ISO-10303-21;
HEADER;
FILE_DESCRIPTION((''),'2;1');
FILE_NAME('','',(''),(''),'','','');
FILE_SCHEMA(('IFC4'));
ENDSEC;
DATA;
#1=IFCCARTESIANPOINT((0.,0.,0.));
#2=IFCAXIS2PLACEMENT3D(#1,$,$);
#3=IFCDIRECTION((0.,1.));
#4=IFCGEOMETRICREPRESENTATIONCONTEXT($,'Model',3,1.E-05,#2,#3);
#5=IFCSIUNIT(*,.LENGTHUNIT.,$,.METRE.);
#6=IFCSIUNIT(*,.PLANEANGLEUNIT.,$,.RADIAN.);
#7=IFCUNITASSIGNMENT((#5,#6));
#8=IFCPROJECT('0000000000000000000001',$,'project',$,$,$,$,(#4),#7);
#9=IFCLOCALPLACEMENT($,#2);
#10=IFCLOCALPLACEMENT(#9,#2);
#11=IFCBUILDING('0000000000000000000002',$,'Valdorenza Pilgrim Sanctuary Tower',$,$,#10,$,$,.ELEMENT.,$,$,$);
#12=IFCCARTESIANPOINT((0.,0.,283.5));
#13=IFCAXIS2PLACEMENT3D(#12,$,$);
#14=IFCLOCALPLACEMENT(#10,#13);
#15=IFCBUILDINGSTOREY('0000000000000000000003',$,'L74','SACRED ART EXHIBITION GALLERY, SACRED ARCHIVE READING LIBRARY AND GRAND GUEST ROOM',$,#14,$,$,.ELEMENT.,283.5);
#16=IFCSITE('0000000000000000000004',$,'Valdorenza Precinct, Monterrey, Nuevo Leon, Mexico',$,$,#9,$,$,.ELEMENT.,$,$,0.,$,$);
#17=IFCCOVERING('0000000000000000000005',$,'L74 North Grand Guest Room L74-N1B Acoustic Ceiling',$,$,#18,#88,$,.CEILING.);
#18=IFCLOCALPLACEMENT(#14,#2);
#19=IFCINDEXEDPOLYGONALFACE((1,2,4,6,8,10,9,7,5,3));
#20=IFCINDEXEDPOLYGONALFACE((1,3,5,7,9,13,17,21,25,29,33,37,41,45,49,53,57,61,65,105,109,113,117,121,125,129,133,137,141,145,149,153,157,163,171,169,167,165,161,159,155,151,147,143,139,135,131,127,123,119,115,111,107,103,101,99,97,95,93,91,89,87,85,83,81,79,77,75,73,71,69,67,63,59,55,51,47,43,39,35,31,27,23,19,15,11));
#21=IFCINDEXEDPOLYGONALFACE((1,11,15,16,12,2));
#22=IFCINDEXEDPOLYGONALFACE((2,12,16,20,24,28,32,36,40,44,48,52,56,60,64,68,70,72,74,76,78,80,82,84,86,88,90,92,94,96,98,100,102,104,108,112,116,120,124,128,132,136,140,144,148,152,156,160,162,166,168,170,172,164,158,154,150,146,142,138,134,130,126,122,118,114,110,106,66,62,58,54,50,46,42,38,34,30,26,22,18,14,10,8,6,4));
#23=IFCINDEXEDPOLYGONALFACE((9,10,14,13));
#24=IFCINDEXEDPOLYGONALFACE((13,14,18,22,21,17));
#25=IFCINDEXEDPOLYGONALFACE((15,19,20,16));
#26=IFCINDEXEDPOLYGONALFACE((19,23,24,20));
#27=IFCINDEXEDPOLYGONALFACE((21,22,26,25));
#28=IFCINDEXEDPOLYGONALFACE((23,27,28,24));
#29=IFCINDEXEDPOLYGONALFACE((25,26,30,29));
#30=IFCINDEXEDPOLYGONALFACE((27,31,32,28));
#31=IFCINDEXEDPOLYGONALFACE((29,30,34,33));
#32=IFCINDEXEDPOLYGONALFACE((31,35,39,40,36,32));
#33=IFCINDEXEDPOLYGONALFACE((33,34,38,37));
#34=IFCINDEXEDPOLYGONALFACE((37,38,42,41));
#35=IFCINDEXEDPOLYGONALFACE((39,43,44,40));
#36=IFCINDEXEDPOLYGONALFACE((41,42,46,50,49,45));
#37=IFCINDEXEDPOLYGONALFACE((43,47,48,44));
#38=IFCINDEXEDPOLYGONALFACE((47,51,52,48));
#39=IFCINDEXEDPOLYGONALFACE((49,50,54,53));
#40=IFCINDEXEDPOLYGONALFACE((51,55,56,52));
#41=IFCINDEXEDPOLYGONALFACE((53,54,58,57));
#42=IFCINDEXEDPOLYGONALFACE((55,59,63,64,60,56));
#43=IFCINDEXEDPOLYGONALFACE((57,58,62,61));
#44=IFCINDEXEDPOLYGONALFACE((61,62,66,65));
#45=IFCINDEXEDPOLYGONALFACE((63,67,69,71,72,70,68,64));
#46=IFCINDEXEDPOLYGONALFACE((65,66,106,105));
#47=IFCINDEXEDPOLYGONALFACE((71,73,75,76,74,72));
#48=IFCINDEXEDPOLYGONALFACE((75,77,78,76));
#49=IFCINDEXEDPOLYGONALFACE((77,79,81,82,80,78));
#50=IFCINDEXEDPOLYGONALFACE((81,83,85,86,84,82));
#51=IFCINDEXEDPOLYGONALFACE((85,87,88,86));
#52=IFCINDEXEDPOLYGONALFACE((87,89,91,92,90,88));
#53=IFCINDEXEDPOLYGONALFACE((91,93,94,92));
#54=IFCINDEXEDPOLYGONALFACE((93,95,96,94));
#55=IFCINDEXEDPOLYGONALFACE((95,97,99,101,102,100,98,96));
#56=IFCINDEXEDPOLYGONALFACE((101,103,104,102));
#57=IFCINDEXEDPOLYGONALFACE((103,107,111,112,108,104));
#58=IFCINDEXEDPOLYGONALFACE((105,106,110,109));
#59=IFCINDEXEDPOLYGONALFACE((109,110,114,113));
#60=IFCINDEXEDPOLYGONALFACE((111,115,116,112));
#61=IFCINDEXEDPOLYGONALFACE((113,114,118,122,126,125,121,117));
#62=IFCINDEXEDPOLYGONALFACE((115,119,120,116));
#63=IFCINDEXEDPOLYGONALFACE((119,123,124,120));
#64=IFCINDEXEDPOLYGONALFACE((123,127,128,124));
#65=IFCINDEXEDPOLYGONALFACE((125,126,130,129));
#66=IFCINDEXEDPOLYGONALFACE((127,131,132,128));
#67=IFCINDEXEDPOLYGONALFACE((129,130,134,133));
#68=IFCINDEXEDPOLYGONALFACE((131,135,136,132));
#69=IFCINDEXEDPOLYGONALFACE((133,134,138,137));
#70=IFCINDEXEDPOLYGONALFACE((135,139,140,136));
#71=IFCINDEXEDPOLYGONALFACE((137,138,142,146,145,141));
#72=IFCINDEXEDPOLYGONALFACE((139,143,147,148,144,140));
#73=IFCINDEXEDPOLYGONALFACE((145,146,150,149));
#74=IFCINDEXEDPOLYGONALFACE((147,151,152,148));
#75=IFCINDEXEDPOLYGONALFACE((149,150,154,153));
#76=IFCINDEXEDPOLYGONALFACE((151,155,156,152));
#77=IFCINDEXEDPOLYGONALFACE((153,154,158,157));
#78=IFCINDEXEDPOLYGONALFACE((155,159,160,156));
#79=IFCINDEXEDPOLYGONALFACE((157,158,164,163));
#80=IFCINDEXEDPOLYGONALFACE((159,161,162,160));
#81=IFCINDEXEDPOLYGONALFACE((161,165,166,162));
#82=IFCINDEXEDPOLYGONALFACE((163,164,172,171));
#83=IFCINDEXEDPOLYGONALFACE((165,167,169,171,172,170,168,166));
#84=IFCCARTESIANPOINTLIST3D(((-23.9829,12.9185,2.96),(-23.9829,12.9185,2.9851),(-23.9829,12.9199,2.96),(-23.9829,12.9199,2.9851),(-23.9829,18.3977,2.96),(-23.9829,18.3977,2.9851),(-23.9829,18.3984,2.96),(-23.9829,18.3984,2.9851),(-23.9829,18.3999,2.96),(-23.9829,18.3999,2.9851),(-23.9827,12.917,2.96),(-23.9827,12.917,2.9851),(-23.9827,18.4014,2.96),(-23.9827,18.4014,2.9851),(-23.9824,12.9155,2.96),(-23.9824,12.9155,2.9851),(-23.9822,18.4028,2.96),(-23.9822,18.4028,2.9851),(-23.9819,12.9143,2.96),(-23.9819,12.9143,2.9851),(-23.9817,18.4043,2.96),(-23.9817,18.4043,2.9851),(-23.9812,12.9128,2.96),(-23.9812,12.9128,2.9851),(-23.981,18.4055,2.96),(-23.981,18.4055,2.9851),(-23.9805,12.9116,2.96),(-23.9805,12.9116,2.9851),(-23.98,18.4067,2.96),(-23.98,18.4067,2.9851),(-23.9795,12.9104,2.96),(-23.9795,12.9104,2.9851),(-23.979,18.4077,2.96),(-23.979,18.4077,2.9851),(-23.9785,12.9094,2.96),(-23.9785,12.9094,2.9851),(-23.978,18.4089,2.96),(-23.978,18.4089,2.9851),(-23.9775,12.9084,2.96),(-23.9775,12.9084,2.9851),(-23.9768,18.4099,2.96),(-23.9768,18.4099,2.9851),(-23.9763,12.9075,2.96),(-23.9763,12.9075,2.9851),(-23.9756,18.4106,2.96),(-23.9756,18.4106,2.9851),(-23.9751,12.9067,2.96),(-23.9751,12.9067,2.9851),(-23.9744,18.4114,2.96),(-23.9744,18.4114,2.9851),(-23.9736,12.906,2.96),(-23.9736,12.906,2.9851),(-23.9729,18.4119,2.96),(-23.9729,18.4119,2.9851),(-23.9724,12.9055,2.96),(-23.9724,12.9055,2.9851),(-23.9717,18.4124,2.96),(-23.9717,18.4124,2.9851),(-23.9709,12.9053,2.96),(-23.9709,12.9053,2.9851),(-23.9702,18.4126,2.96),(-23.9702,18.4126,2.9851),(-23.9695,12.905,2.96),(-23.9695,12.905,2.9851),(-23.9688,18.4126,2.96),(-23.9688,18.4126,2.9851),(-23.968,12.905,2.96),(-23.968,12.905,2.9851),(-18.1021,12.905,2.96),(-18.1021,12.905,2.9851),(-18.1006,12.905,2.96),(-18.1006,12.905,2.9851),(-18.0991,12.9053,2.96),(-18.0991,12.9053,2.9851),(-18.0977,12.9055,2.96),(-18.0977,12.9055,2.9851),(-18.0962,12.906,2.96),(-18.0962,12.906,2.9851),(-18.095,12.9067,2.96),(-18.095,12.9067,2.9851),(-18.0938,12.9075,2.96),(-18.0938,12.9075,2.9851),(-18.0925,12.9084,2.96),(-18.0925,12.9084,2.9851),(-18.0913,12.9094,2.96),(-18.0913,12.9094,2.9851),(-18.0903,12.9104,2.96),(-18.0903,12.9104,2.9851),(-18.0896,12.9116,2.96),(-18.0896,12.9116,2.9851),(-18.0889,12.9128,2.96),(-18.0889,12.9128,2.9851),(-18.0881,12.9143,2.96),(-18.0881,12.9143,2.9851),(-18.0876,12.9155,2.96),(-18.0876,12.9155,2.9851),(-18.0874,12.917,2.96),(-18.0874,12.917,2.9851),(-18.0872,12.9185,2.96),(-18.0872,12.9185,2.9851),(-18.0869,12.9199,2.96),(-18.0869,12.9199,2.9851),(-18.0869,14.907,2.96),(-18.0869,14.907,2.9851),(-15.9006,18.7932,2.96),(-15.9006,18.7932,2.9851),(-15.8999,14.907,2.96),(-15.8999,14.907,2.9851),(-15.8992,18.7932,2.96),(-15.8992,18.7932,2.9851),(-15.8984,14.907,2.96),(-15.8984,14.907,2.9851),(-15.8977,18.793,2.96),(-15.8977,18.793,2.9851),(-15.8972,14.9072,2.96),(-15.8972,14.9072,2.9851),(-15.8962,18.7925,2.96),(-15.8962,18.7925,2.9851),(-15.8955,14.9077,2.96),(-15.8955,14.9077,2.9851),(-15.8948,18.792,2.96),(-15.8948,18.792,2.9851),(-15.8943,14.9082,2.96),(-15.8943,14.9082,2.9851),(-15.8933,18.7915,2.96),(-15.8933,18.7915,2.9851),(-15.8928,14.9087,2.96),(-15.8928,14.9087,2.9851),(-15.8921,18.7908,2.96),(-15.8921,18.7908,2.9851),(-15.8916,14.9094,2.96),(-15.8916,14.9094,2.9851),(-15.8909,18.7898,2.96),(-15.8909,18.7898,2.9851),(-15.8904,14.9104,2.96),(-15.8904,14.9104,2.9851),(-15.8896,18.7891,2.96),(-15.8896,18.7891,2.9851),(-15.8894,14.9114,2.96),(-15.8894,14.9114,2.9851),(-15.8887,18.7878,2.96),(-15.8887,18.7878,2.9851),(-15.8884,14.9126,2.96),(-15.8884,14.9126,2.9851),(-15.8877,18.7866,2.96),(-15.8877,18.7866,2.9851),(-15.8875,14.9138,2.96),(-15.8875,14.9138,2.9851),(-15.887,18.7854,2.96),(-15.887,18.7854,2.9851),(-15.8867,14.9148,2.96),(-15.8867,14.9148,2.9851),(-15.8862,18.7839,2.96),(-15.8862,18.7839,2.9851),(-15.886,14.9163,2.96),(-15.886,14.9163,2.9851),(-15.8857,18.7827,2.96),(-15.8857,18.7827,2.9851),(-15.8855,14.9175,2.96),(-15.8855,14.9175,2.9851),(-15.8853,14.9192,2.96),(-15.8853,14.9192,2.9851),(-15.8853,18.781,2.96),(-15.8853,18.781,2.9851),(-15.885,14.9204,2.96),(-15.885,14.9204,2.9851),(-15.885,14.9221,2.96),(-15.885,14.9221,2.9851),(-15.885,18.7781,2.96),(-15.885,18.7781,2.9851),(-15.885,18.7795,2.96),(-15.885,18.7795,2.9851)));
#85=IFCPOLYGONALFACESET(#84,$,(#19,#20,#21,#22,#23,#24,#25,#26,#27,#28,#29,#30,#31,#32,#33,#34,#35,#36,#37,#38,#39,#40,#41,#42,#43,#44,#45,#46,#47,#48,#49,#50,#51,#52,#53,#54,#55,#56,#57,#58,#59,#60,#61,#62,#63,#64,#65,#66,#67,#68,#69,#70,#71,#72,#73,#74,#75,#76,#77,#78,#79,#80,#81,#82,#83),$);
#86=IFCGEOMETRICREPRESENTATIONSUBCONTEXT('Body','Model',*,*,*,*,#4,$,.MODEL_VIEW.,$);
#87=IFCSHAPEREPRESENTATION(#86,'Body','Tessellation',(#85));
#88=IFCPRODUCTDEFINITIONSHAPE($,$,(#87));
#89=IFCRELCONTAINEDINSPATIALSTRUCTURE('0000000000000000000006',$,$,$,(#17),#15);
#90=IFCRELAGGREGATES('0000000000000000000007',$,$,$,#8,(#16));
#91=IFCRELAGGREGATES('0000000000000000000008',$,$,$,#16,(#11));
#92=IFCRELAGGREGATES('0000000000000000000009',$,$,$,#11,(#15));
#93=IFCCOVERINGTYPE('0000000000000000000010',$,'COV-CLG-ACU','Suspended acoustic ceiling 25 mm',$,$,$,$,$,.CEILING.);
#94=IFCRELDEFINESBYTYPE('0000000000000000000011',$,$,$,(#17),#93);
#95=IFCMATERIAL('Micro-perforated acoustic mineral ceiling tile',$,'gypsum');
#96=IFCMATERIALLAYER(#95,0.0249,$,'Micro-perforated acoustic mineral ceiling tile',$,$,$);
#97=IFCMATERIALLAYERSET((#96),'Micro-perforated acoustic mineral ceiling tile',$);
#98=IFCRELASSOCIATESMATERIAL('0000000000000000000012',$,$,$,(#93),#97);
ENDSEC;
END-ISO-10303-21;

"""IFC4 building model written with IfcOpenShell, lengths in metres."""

from ifc_helpers import new_model, si_unit, direction, frame, origin, place, context, subcontext, project, spatial, polyline, outline, extrude, material, layer, layer_set, type_object, element, save


model = new_model("IFC4")

# Units and contexts
model_context = context("Model", 3, precision=1e-05, world=origin(), true_north=direction((0.0, 1.0)))
body_context = subcontext(model_context, "Body", "Model", "MODEL_VIEW")
ifc_project = project(units=[si_unit("LENGTHUNIT", "METRE"), si_unit("PLANEANGLEUNIT", "RADIAN")], contexts=[model_context])

# Site, building, storey
site_placement = place(None, origin())
site = spatial("IfcSite", under=ifc_project, at=site_placement, Name="Valdorenza Precinct, Monterrey, Nuevo Leon, Mexico", CompositionType="ELEMENT", RefElevation=0.0)
building_placement = place(site_placement, origin())
building = spatial("IfcBuilding", under=site, at=building_placement, Name="Valdorenza Pilgrim Sanctuary Tower", CompositionType="ELEMENT")
storey_placement = place(building_placement, frame((0.0, 0.0, 283.5)))
storey = spatial("IfcBuildingStorey", under=building, at=storey_placement, Name="L74", Description="SACRED ART EXHIBITION GALLERY, SACRED ARCHIVE READING LIBRARY AND GRAND GUEST ROOM", CompositionType="ELEMENT", Elevation=283.5)

# Covering
ifc_material_1 = material(Name="Micro-perforated acoustic mineral ceiling tile", Category="gypsum")
ifc_layer_1 = layer(ifc_material_1, 0.0249, Name="Micro-perforated acoustic mineral ceiling tile")
ifc_layer_set_1 = layer_set([ifc_layer_1], Name="Micro-perforated acoustic mineral ceiling tile")
covering_type_1 = type_object("IfcCoveringType", Name="COV-CLG-ACU", Description="Suspended acoustic ceiling 25 mm", PredefinedType="CEILING", material=ifc_layer_set_1)
covering_1_placement = place(storey_placement, frame((0.0, 0.0, 2.96)))
element("IfcCovering", 1, at=covering_1_placement, inside=storey, type_object=covering_type_1, Name="L74 North Grand Guest Room L74-N1B Acoustic Ceiling", PredefinedType="CEILING", context=body_context, shape_type="SweptSolid", body=[
    extrude(outline(polyline([(-23.9829, 18.3977), (-23.9829, 18.3984), (-23.9829, 18.3999), (-23.9827, 18.4014), (-23.9822, 18.4028), (-23.9817, 18.4043), (-23.981, 18.4055), (-23.98, 18.4067), (-23.979, 18.4077), (-23.978, 18.4089), (-23.9768, 18.4099), (-23.9756, 18.4106), (-23.9744, 18.4114), (-23.9729, 18.4119), (-23.9717, 18.4124), (-23.9702, 18.4126), (-23.9688, 18.4126), (-15.9006, 18.7932), (-15.8992, 18.7932), (-15.8977, 18.793), (-15.8962, 18.7925), (-15.8948, 18.792), (-15.8933, 18.7915), (-15.8921, 18.7908), (-15.8909, 18.7898), (-15.8896, 18.7891), (-15.8887, 18.7878), (-15.8877, 18.7866), (-15.887, 18.7854), (-15.8862, 18.7839), (-15.8857, 18.7827), (-15.8853, 18.781), (-15.885, 18.7795), (-15.885, 18.7781), (-15.885, 14.9221), (-15.885, 14.9204), (-15.8853, 14.9192), (-15.8855, 14.9175), (-15.886, 14.9163), (-15.8867, 14.9148), (-15.8875, 14.9138), (-15.8884, 14.9126), (-15.8894, 14.9114), (-15.8904, 14.9104), (-15.8916, 14.9094), (-15.8928, 14.9087), (-15.8943, 14.9082), (-15.8955, 14.9077), (-15.8972, 14.9072), (-15.8984, 14.907), (-15.8999, 14.907), (-18.0869, 14.907), (-18.0869, 12.9199), (-18.0872, 12.9185), (-18.0874, 12.917), (-18.0876, 12.9155), (-18.0881, 12.9143), (-18.0889, 12.9128), (-18.0896, 12.9116), (-18.0903, 12.9104), (-18.0913, 12.9094), (-18.0925, 12.9084), (-18.0938, 12.9075), (-18.095, 12.9067), (-18.0962, 12.906), (-18.0977, 12.9055), (-18.0991, 12.9053), (-18.1006, 12.905), (-18.1021, 12.905), (-23.968, 12.905), (-23.9695, 12.905), (-23.9709, 12.9053), (-23.9724, 12.9055), (-23.9736, 12.906), (-23.9751, 12.9067), (-23.9763, 12.9075), (-23.9775, 12.9084), (-23.9785, 12.9094), (-23.9795, 12.9104), (-23.9805, 12.9116), (-23.9812, 12.9128), (-23.9819, 12.9143), (-23.9824, 12.9155), (-23.9827, 12.917), (-23.9829, 12.9185), (-23.9829, 12.9199), (-23.9829, 18.3977), (-23.9829, 18.3977)])), origin(), (0.0, 0.0, 1.0), 0.0251),
])

save(model, "model.ifc")
